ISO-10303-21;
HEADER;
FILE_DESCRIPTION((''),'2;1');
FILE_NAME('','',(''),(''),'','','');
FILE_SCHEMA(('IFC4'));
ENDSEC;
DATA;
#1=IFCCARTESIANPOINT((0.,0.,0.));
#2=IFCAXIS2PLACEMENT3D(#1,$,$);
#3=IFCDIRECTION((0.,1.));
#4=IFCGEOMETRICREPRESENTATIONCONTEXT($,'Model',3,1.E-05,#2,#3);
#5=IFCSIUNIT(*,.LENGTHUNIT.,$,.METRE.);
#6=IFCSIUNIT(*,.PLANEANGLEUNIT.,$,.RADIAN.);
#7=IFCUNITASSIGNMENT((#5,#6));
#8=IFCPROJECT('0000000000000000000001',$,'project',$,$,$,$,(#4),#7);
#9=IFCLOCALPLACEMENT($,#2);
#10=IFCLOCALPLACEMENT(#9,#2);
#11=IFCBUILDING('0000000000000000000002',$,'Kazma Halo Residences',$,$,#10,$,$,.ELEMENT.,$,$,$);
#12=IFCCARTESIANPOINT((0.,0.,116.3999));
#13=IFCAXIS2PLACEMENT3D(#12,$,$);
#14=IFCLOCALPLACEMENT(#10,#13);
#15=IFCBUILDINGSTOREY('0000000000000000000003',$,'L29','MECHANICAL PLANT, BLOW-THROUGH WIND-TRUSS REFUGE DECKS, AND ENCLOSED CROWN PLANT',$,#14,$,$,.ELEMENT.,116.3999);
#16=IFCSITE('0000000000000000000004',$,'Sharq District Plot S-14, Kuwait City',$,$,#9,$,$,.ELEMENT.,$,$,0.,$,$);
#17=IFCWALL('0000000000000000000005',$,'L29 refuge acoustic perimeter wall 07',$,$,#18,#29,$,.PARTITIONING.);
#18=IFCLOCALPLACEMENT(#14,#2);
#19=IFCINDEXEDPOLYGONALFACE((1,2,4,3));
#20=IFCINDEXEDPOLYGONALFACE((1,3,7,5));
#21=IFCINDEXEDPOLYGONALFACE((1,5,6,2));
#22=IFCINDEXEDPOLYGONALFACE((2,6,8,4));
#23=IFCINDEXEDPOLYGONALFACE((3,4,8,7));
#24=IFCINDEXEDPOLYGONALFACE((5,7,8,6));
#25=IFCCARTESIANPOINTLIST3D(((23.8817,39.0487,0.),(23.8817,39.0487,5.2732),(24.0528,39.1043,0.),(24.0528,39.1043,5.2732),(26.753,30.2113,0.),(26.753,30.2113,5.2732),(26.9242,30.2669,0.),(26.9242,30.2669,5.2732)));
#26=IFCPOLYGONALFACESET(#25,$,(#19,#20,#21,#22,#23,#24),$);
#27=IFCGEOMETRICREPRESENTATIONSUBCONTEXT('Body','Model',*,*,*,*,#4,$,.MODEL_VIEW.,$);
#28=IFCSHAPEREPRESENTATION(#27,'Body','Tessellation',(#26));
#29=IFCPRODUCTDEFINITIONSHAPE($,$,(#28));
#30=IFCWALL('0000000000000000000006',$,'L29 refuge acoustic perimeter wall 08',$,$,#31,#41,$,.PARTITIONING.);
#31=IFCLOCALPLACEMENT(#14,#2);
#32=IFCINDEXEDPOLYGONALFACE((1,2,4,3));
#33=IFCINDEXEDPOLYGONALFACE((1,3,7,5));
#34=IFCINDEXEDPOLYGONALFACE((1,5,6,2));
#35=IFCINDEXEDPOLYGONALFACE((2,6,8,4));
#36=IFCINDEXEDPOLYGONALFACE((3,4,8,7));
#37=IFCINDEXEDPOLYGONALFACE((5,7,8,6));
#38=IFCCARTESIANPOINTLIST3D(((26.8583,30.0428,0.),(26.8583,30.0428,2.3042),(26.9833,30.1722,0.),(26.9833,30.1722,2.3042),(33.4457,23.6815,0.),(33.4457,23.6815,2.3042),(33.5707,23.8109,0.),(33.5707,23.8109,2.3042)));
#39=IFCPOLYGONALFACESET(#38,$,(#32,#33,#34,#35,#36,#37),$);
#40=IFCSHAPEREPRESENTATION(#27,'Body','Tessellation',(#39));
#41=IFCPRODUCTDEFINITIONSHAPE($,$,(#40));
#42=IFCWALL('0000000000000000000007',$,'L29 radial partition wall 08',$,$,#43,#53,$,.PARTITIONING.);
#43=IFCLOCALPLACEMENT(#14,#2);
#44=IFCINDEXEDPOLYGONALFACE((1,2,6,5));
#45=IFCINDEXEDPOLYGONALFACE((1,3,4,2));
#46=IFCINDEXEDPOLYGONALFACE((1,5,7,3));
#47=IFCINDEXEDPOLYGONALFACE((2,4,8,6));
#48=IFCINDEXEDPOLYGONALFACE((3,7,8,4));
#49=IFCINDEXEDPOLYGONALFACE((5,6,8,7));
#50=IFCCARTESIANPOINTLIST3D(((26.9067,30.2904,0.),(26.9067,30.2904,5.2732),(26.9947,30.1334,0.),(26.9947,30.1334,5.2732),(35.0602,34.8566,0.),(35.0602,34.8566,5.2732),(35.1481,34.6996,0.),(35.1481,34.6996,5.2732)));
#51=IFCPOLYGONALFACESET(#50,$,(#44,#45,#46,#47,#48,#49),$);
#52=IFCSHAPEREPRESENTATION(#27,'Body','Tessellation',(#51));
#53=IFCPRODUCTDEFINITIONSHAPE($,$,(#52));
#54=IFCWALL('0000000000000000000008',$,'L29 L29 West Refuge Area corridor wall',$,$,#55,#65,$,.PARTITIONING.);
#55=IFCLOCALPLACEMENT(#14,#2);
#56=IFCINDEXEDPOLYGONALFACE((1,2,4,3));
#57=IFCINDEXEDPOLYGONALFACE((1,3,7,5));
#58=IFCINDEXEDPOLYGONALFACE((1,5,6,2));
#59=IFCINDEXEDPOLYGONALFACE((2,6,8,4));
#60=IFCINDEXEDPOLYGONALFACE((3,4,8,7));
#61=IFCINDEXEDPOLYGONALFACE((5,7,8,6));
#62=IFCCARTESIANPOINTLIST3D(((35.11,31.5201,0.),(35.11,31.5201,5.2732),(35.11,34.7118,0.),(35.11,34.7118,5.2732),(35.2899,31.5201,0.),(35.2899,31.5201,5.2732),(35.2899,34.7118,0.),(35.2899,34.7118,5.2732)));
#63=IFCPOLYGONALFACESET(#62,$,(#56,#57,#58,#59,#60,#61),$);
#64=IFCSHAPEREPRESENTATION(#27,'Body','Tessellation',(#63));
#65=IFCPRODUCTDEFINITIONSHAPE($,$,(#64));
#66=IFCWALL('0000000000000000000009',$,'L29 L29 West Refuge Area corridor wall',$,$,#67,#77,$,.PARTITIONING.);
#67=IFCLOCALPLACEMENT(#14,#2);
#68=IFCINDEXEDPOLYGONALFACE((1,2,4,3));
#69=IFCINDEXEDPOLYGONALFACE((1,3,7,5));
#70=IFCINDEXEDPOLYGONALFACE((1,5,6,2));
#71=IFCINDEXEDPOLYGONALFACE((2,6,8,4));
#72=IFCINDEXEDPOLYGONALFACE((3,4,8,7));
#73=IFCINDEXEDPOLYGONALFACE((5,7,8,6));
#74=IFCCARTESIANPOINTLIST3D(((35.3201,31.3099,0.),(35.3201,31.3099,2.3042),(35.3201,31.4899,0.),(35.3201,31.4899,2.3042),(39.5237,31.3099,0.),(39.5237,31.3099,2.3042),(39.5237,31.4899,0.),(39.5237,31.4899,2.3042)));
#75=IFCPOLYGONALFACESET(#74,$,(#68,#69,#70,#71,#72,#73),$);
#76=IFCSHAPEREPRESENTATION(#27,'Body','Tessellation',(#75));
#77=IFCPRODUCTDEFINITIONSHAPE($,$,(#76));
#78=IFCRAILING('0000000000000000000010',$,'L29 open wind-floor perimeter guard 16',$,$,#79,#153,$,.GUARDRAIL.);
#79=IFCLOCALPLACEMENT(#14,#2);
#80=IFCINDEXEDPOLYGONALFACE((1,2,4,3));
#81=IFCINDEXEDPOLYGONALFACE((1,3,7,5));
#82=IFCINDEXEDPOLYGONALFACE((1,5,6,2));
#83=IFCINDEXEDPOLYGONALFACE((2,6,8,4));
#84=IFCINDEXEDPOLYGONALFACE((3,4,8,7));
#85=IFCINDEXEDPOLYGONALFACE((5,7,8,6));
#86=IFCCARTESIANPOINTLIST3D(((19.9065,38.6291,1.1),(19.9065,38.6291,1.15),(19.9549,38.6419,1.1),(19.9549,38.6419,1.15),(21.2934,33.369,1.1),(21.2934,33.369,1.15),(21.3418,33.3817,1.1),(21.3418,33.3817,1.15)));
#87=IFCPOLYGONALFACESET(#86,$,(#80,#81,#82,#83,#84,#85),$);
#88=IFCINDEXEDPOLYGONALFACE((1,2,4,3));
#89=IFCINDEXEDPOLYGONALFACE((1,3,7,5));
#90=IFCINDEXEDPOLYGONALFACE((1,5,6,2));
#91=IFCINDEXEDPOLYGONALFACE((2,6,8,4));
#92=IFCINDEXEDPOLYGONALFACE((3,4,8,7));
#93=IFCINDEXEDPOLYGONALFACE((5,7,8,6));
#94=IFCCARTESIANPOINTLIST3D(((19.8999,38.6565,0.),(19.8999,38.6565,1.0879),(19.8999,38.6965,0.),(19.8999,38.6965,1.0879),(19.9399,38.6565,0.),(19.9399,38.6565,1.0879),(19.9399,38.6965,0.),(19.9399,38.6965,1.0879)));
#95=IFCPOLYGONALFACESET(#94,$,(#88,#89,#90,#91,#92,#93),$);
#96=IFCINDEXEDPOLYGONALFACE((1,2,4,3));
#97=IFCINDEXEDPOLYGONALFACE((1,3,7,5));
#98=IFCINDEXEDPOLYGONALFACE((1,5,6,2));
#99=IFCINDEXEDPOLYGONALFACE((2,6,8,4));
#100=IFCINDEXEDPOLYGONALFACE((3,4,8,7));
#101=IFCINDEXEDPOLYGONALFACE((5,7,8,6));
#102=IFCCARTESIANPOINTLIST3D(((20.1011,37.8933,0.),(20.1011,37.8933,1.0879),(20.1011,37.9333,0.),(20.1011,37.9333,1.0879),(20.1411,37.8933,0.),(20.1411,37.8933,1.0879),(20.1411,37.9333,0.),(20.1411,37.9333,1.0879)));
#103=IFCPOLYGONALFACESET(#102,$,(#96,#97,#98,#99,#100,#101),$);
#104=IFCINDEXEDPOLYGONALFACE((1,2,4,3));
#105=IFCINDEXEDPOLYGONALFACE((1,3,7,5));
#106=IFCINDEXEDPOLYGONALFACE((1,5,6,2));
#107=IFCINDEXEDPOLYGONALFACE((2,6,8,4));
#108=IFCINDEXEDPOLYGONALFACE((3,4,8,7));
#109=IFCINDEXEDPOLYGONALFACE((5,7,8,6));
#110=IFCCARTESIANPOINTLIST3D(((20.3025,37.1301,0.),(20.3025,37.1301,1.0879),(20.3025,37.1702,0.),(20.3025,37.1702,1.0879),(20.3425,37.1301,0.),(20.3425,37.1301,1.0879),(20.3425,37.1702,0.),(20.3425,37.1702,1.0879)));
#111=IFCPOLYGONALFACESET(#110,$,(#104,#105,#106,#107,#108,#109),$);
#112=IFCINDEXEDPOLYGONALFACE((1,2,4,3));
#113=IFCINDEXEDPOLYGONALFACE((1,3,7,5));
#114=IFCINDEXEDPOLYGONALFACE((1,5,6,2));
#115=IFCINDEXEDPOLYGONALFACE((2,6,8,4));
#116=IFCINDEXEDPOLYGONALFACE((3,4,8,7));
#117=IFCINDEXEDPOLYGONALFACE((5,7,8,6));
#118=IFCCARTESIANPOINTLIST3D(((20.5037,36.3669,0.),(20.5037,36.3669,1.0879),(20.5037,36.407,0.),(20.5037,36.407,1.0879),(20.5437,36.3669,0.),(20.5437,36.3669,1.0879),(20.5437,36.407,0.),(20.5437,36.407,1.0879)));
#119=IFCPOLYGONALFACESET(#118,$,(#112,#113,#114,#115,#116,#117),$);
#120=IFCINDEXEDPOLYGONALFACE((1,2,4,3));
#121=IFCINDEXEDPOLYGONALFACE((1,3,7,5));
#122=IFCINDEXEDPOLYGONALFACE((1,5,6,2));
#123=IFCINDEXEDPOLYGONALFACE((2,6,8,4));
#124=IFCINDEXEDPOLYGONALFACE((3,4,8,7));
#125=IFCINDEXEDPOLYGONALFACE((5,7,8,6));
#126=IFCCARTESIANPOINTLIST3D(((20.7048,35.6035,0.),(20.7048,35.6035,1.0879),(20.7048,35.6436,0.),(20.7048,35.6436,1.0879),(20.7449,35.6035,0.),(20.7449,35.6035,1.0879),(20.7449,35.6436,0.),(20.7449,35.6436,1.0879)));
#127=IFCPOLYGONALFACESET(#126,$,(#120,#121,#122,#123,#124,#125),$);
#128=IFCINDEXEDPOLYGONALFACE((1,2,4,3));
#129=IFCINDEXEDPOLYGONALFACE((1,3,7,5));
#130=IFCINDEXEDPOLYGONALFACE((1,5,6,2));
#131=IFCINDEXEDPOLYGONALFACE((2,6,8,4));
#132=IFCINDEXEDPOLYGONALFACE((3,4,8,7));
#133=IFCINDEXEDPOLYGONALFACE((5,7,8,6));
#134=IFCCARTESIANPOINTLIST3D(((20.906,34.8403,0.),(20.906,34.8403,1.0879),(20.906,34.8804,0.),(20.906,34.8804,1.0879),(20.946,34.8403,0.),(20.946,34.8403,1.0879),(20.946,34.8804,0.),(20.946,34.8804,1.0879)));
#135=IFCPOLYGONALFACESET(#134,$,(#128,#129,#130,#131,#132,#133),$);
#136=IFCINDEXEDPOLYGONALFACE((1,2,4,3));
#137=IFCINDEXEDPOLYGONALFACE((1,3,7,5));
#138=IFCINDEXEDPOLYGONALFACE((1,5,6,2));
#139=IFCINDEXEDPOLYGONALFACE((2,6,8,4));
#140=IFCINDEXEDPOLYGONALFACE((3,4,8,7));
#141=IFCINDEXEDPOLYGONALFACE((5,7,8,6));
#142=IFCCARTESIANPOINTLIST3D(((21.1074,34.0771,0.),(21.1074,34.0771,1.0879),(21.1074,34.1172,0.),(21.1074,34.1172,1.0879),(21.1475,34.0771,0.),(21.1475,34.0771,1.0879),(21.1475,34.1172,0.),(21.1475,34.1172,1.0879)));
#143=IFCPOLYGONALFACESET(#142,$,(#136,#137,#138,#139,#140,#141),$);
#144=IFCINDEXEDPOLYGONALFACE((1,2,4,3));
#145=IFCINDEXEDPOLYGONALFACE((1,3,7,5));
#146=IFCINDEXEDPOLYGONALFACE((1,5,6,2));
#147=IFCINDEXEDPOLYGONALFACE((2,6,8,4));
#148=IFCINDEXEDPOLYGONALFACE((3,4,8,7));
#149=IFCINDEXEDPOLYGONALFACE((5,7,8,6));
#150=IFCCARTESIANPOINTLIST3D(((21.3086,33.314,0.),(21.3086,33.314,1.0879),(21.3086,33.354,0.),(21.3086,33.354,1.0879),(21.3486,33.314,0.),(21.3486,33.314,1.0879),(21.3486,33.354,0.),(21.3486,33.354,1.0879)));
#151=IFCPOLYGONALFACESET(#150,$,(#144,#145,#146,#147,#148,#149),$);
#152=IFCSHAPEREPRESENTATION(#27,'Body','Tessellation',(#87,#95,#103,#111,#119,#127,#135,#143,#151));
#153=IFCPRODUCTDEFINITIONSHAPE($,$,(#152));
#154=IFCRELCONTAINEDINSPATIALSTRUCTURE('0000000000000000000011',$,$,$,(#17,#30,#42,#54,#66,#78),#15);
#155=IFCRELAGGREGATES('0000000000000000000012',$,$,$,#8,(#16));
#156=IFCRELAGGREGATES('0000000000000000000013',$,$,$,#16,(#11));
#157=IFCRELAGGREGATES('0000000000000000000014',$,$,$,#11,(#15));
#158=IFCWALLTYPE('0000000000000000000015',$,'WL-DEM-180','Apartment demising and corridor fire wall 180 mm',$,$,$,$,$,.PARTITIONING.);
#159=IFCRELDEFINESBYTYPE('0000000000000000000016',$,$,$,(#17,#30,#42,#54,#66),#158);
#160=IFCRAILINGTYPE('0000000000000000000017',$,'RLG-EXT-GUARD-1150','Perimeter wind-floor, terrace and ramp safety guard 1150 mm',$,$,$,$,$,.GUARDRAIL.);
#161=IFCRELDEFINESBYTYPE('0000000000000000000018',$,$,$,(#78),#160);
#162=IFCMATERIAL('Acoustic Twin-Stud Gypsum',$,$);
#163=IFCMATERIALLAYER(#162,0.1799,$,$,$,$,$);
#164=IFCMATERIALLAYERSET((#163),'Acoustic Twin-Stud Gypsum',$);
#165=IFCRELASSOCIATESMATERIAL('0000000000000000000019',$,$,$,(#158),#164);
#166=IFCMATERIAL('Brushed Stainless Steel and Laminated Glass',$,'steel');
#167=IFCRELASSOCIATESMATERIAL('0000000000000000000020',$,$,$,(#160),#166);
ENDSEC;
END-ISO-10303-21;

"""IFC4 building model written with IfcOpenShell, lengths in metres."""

from ifc_helpers import new_model, si_unit, direction, frame, frame_2d, origin, origin_2d, place, context, subcontext, project, spatial, rectangle, extrude, material, layer, layer_set, type_object, element, save


model = new_model("IFC4")

# Units and contexts
model_context = context("Model", 3, precision=1e-05, world=origin(), true_north=direction((0.0, 1.0)))
body_context = subcontext(model_context, "Body", "Model", "MODEL_VIEW")
ifc_project = project(units=[si_unit("LENGTHUNIT", "METRE"), si_unit("PLANEANGLEUNIT", "RADIAN")], contexts=[model_context])

# Site, building, storey
site_placement = place(None, origin())
site = spatial("IfcSite", under=ifc_project, at=site_placement, Name="Sharq District Plot S-14, Kuwait City", CompositionType="ELEMENT", RefElevation=0.0)
building_placement = place(site_placement, origin())
building = spatial("IfcBuilding", under=site, at=building_placement, Name="Kazma Halo Residences", CompositionType="ELEMENT")
storey_placement = place(building_placement, frame((0.0, 0.0, 116.3999)))
storey = spatial("IfcBuildingStorey", under=building, at=storey_placement, Name="L29", Description="MECHANICAL PLANT, BLOW-THROUGH WIND-TRUSS REFUGE DECKS, AND ENCLOSED CROWN PLANT", CompositionType="ELEMENT", Elevation=116.3999)

# Walls
ifc_material_1 = material(Name="Acoustic Twin-Stud Gypsum")
ifc_layer_1 = layer(ifc_material_1, 0.1799)
ifc_layer_set_1 = layer_set([ifc_layer_1], Name="Acoustic Twin-Stud Gypsum")
wall_type_1 = type_object("IfcWallType", Name="WL-DEM-180", Description="Apartment demising and corridor fire wall 180 mm", PredefinedType="PARTITIONING", material=ifc_layer_set_1)
wall_1_placement = place(storey_placement, frame((23.9673, 39.0764, 0.0), z_axis=(0.0, 0.0, 1.0), x_axis=(0.309006, -0.95106, 0.0)))
element("IfcWall", 1, at=wall_1_placement, inside=storey, type_object=wall_type_1, Name="L29 refuge acoustic perimeter wall 07", PredefinedType="PARTITIONING", context=body_context, shape_type="SweptSolid", body=[
    extrude(rectangle(XDim=9.2922, YDim=0.1799, at=frame_2d((4.646, 0.0))), origin(), (0.0, 0.0, 1.0), 5.2732),
])
wall_2_placement = place(storey_placement, frame((26.9209, 30.1074, 0.0), z_axis=(0.0, 0.0, 1.0), x_axis=(0.719343, -0.694655, 0.0)))
element("IfcWall", 2, at=wall_2_placement, inside=storey, type_object=wall_type_1, Name="L29 refuge acoustic perimeter wall 08", PredefinedType="PARTITIONING", context=body_context, shape_type="SweptSolid", body=[
    extrude(rectangle(XDim=9.1575, YDim=0.1799, at=frame_2d((4.5786, 0.0))), origin(), (0.0, 0.0, 1.0), 2.3042),
])
wall_3_placement = place(storey_placement, frame((35.104, 34.7781, 0.0), z_axis=(0.0, 0.0, 1.0), x_axis=(-0.872492, -0.488628, 0.0)))
element("IfcWall", 3, at=wall_3_placement, inside=storey, type_object=wall_type_1, Name="L29 radial partition wall 08", PredefinedType="PARTITIONING", context=body_context, shape_type="SweptSolid", body=[
    extrude(rectangle(XDim=9.345, YDim=0.1799, at=frame_2d((4.6724, 0.0))), origin(), (0.0, 0.0, 1.0), 5.2732),
])
wall_4_placement = place(storey_placement, frame((35.2, 34.7117, 0.0), z_axis=(0.0, 0.0, 1.0), x_axis=(0.0, -1.0, 0.0)))
element("IfcWall", 4, at=wall_4_placement, inside=storey, type_object=wall_type_1, Name="L29 L29 West Refuge Area corridor wall", PredefinedType="PARTITIONING", context=body_context, shape_type="SweptSolid", body=[
    extrude(rectangle(XDim=3.1917, YDim=0.1799, at=frame_2d((1.5957, 0.0))), origin(), (0.0, 0.0, 1.0), 5.2732),
])
wall_5_placement = place(storey_placement, frame((35.3201, 31.3999, 0.0), z_axis=(0.0, 0.0, 1.0), x_axis=(1.0, 0.0, 0.0)))
element("IfcWall", 5, at=wall_5_placement, inside=storey, type_object=wall_type_1, Name="L29 L29 West Refuge Area corridor wall", PredefinedType="PARTITIONING", context=body_context, shape_type="SweptSolid", body=[
    extrude(rectangle(XDim=4.2036, YDim=0.1799, at=frame_2d((2.1018, 0.0))), origin(), (0.0, 0.0, 1.0), 2.3042),
])

# Railing
ifc_material_2 = material(Name="Brushed Stainless Steel and Laminated Glass", Category="steel")
railing_type = type_object("IfcRailingType", Name="RLG-EXT-GUARD-1150", Description="Perimeter wind-floor, terrace and ramp safety guard 1150 mm", PredefinedType="GUARDRAIL", material=ifc_material_2)
railing_1_placement = place(storey_placement, frame((19.9199, 38.6765, 0.0)))
element("IfcRailing", 6, at=railing_1_placement, inside=storey, type_object=railing_type, Name="L29 open wind-floor perimeter guard 16", PredefinedType="GUARDRAIL", context=body_context, shape_type="SweptSolid", body=[
    extrude(rectangle(XDim=0.05, YDim=0.05, at=origin_2d()), frame((0.0107, -0.041, 1.125), z_axis=(0.254961, -0.966951, 0.0), x_axis=(0.966951, 0.254961, 0.0)), (0.0, 0.0, 1.0), 5.4399),
    extrude(rectangle(XDim=0.04, YDim=0.04, at=origin_2d()), origin(), (0.0, 0.0, 1.0), 1.0879),
    extrude(rectangle(XDim=0.04, YDim=0.04, at=origin_2d()), frame((0.2012, -0.7632, 0.0)), (0.0, 0.0, 1.0), 1.0879),
    extrude(rectangle(XDim=0.04, YDim=0.04, at=origin_2d()), frame((0.4026, -1.5264, 0.0)), (0.0, 0.0, 1.0), 1.0879),
    extrude(rectangle(XDim=0.04, YDim=0.04, at=origin_2d()), frame((0.6038, -2.2896, 0.0)), (0.0, 0.0, 1.0), 1.0879),
    extrude(rectangle(XDim=0.04, YDim=0.04, at=origin_2d()), frame((0.8049, -3.053, 0.0)), (0.0, 0.0, 1.0), 1.0879),
    extrude(rectangle(XDim=0.04, YDim=0.04, at=origin_2d()), frame((1.0061, -3.8162, 0.0)), (0.0, 0.0, 1.0), 1.0879),
    extrude(rectangle(XDim=0.04, YDim=0.04, at=origin_2d()), frame((1.2075, -4.5793, 0.0)), (0.0, 0.0, 1.0), 1.0879),
    extrude(rectangle(XDim=0.04, YDim=0.04, at=origin_2d()), frame((1.4087, -5.3425, 0.0)), (0.0, 0.0, 1.0), 1.0879),
])

save(model, "model.ifc")
